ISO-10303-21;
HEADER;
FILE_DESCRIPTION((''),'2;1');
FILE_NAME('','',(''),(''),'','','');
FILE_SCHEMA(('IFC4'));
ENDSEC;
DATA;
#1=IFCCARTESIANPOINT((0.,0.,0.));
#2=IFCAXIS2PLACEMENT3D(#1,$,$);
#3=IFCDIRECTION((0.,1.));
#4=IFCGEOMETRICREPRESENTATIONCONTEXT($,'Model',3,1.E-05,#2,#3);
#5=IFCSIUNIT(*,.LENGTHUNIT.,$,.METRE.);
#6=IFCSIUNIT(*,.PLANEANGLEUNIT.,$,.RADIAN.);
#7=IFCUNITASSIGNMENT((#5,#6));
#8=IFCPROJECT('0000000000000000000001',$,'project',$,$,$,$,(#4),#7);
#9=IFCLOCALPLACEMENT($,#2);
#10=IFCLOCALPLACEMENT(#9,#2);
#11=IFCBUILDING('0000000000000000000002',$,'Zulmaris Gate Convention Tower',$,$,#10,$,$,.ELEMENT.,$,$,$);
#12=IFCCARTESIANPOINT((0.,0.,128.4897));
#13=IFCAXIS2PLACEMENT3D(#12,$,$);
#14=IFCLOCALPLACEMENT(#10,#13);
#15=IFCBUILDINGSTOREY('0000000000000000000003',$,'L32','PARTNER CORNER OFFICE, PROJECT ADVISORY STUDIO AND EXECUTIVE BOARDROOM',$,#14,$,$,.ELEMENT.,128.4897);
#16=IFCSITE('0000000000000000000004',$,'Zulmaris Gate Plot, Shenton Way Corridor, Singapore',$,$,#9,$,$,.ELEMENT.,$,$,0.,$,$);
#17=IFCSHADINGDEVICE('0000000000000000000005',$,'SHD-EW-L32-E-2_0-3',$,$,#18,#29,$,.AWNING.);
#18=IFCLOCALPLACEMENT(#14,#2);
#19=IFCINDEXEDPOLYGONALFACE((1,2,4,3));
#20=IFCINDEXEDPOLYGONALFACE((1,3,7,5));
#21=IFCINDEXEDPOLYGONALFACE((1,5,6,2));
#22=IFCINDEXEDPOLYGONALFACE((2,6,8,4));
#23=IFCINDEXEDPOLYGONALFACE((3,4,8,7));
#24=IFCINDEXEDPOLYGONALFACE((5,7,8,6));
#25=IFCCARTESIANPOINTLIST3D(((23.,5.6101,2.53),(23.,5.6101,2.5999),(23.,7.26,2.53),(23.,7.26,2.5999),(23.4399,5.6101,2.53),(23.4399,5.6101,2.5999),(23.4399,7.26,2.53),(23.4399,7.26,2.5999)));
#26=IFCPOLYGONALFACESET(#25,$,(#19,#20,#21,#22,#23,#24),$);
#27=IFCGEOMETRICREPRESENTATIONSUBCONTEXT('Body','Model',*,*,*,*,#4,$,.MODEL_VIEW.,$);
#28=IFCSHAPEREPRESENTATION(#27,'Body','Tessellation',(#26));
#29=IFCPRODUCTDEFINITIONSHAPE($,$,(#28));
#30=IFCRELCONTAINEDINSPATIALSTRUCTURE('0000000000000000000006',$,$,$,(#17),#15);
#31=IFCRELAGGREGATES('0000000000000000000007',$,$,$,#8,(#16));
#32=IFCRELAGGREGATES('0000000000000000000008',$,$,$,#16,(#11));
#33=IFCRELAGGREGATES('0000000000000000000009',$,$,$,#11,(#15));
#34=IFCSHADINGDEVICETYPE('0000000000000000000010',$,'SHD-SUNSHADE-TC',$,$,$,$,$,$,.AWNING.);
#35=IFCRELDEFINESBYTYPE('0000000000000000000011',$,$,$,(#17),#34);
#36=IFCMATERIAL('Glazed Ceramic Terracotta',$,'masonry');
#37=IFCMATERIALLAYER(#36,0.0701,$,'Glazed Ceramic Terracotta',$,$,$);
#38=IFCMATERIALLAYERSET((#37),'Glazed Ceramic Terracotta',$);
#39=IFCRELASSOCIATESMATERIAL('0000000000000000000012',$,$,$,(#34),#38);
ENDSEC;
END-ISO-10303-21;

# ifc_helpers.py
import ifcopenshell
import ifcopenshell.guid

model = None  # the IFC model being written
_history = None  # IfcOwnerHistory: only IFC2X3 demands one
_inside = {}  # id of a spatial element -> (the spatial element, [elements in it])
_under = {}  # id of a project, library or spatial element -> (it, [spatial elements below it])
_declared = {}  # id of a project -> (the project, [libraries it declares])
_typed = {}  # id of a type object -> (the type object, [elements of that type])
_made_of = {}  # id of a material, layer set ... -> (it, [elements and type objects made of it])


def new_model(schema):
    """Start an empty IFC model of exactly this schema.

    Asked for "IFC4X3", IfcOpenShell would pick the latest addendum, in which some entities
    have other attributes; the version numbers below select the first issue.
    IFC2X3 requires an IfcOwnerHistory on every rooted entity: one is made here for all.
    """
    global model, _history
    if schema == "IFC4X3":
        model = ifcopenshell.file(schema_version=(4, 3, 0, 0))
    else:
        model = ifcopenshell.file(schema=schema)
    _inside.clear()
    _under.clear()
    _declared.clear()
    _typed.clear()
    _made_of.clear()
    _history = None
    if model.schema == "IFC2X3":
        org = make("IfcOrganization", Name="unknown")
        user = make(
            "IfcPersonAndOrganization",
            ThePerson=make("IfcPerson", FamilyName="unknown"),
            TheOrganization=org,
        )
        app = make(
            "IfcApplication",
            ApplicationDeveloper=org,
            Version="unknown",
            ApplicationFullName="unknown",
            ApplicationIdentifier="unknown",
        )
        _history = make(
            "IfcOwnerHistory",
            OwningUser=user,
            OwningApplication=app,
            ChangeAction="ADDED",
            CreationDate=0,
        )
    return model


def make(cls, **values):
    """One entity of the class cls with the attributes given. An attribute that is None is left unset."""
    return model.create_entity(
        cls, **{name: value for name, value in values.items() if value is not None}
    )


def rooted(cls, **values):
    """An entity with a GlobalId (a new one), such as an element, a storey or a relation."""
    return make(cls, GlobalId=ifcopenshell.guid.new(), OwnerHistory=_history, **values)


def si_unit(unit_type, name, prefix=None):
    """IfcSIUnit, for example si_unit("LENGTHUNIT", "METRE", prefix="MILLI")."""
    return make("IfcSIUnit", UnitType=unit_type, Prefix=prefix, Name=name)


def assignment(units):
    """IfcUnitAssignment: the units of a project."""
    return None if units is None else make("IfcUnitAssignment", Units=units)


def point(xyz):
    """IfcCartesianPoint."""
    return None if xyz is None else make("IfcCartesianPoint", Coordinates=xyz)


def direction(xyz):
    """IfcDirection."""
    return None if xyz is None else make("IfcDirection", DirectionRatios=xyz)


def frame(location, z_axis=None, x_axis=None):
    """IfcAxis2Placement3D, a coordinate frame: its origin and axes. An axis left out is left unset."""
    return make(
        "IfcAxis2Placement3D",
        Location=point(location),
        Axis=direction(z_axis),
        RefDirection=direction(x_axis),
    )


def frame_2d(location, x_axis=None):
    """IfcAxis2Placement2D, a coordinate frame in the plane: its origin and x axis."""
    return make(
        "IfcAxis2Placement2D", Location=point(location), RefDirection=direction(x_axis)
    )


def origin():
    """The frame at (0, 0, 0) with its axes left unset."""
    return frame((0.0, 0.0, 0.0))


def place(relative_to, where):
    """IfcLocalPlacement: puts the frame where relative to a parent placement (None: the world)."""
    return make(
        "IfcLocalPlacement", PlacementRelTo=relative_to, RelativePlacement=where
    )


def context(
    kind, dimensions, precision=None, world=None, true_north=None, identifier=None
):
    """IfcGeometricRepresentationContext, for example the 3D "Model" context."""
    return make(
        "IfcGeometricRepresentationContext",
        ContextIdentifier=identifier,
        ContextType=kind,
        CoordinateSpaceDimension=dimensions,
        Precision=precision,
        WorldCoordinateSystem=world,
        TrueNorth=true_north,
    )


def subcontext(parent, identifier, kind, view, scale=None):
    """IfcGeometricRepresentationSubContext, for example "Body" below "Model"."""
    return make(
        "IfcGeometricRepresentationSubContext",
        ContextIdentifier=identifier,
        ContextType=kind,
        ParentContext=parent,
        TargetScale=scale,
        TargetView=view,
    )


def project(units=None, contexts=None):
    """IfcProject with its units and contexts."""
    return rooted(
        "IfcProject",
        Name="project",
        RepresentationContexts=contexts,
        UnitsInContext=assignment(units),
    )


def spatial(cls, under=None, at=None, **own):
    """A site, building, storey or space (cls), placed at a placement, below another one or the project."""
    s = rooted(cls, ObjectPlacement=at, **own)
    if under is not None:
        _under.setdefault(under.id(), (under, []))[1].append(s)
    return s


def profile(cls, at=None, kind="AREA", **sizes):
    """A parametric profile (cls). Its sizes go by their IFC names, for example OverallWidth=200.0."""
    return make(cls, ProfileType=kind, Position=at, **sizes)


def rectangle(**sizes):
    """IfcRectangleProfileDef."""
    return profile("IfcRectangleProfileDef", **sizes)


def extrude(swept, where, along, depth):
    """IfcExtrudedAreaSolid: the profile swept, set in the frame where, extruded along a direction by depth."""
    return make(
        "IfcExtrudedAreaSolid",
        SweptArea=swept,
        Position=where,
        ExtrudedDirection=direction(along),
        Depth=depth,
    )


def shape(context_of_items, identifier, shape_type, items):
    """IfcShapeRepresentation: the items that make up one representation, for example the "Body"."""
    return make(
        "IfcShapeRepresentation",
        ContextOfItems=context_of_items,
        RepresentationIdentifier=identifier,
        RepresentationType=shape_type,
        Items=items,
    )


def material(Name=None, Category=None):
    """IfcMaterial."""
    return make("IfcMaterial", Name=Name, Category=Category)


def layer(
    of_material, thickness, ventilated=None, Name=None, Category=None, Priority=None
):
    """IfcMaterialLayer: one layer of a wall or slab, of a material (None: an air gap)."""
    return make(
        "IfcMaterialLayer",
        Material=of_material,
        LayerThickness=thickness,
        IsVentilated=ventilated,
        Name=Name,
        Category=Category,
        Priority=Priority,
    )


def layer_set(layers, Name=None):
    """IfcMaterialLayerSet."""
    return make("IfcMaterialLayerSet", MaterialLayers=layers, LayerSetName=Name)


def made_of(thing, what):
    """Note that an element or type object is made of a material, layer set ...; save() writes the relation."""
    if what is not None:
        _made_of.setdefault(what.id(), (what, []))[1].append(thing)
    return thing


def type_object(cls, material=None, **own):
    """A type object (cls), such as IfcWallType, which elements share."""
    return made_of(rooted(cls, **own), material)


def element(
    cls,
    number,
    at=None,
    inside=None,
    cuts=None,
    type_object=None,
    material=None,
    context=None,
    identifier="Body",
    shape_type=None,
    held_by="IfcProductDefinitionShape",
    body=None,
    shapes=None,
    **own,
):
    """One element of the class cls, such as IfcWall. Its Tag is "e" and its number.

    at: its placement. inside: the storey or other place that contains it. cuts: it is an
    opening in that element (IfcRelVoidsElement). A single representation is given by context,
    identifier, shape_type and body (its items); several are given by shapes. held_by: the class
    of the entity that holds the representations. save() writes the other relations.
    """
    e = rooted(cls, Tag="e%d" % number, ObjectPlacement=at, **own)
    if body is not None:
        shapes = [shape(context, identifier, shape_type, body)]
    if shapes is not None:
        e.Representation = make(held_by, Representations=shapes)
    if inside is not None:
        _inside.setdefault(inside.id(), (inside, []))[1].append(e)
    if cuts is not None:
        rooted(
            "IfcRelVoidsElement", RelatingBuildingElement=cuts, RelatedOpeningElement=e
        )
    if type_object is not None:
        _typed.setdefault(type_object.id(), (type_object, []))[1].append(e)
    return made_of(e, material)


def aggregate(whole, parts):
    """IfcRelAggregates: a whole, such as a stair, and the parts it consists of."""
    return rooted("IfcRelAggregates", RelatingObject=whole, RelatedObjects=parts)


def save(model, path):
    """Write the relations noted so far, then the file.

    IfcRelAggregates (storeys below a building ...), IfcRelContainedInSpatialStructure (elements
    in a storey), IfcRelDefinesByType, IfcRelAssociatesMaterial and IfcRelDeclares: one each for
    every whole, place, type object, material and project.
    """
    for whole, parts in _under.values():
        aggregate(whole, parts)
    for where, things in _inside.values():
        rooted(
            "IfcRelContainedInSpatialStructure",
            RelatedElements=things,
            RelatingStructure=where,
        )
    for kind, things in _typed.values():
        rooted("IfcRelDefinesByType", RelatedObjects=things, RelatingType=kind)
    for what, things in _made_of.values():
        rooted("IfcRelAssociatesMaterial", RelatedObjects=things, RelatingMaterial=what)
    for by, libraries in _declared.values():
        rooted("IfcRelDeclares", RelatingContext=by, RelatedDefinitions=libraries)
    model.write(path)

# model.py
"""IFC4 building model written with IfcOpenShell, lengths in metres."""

from ifc_helpers import new_model, si_unit, direction, frame, frame_2d, origin, place, context, subcontext, project, spatial, rectangle, extrude, material, layer, layer_set, type_object, element, save


model = new_model("IFC4")

# Units and contexts
model_context = context("Model", 3, precision=1e-05, world=origin(), true_north=direction((0.0, 1.0)))
body_context = subcontext(model_context, "Body", "Model", "MODEL_VIEW")
ifc_project = project(units=[si_unit("LENGTHUNIT", "METRE"), si_unit("PLANEANGLEUNIT", "RADIAN")], contexts=[model_context])

# Site, building, storey
site_placement = place(None, origin())
site = spatial("IfcSite", under=ifc_project, at=site_placement, Name="Zulmaris Gate Plot, Shenton Way Corridor, Singapore", CompositionType="ELEMENT", RefElevation=0.0)
building_placement = place(site_placement, origin())
building = spatial("IfcBuilding", under=site, at=building_placement, Name="Zulmaris Gate Convention Tower", CompositionType="ELEMENT")
storey_placement = place(building_placement, frame((0.0, 0.0, 128.4897)))
storey = spatial("IfcBuildingStorey", under=building, at=storey_placement, Name="L32", Description="PARTNER CORNER OFFICE, PROJECT ADVISORY STUDIO AND EXECUTIVE BOARDROOM", CompositionType="ELEMENT", Elevation=128.4897)

# Shading device
ifc_material_1 = material(Name="Glazed Ceramic Terracotta", Category="masonry")
ifc_layer_1 = layer(ifc_material_1, 0.0701, Name="Glazed Ceramic Terracotta")
ifc_layer_set_1 = layer_set([ifc_layer_1], Name="Glazed Ceramic Terracotta")
shading_device_type = type_object("IfcShadingDeviceType", Name="SHD-SUNSHADE-TC", PredefinedType="AWNING", material=ifc_layer_set_1)
for number, where, z_axis, x_axis, name in (
    (1, (23.22, 5.6101, 2.53), (0.0, 0.0, 1.0), (0.0, 1.0, 0.0), "SHD-EW-L32-E-2_0-3"),
):
    element("IfcShadingDevice", number, at=place(storey_placement, frame(where, z_axis=z_axis, x_axis=x_axis)), inside=storey, type_object=shading_device_type, Name=name, PredefinedType="AWNING", context=body_context, shape_type="SweptSolid", body=[
        extrude(rectangle(XDim=1.6499, YDim=0.4399, at=frame_2d((0.825, 0.0))), origin(), (0.0, 0.0, 1.0), 0.0698),
    ])

save(model, "model.ifc")
